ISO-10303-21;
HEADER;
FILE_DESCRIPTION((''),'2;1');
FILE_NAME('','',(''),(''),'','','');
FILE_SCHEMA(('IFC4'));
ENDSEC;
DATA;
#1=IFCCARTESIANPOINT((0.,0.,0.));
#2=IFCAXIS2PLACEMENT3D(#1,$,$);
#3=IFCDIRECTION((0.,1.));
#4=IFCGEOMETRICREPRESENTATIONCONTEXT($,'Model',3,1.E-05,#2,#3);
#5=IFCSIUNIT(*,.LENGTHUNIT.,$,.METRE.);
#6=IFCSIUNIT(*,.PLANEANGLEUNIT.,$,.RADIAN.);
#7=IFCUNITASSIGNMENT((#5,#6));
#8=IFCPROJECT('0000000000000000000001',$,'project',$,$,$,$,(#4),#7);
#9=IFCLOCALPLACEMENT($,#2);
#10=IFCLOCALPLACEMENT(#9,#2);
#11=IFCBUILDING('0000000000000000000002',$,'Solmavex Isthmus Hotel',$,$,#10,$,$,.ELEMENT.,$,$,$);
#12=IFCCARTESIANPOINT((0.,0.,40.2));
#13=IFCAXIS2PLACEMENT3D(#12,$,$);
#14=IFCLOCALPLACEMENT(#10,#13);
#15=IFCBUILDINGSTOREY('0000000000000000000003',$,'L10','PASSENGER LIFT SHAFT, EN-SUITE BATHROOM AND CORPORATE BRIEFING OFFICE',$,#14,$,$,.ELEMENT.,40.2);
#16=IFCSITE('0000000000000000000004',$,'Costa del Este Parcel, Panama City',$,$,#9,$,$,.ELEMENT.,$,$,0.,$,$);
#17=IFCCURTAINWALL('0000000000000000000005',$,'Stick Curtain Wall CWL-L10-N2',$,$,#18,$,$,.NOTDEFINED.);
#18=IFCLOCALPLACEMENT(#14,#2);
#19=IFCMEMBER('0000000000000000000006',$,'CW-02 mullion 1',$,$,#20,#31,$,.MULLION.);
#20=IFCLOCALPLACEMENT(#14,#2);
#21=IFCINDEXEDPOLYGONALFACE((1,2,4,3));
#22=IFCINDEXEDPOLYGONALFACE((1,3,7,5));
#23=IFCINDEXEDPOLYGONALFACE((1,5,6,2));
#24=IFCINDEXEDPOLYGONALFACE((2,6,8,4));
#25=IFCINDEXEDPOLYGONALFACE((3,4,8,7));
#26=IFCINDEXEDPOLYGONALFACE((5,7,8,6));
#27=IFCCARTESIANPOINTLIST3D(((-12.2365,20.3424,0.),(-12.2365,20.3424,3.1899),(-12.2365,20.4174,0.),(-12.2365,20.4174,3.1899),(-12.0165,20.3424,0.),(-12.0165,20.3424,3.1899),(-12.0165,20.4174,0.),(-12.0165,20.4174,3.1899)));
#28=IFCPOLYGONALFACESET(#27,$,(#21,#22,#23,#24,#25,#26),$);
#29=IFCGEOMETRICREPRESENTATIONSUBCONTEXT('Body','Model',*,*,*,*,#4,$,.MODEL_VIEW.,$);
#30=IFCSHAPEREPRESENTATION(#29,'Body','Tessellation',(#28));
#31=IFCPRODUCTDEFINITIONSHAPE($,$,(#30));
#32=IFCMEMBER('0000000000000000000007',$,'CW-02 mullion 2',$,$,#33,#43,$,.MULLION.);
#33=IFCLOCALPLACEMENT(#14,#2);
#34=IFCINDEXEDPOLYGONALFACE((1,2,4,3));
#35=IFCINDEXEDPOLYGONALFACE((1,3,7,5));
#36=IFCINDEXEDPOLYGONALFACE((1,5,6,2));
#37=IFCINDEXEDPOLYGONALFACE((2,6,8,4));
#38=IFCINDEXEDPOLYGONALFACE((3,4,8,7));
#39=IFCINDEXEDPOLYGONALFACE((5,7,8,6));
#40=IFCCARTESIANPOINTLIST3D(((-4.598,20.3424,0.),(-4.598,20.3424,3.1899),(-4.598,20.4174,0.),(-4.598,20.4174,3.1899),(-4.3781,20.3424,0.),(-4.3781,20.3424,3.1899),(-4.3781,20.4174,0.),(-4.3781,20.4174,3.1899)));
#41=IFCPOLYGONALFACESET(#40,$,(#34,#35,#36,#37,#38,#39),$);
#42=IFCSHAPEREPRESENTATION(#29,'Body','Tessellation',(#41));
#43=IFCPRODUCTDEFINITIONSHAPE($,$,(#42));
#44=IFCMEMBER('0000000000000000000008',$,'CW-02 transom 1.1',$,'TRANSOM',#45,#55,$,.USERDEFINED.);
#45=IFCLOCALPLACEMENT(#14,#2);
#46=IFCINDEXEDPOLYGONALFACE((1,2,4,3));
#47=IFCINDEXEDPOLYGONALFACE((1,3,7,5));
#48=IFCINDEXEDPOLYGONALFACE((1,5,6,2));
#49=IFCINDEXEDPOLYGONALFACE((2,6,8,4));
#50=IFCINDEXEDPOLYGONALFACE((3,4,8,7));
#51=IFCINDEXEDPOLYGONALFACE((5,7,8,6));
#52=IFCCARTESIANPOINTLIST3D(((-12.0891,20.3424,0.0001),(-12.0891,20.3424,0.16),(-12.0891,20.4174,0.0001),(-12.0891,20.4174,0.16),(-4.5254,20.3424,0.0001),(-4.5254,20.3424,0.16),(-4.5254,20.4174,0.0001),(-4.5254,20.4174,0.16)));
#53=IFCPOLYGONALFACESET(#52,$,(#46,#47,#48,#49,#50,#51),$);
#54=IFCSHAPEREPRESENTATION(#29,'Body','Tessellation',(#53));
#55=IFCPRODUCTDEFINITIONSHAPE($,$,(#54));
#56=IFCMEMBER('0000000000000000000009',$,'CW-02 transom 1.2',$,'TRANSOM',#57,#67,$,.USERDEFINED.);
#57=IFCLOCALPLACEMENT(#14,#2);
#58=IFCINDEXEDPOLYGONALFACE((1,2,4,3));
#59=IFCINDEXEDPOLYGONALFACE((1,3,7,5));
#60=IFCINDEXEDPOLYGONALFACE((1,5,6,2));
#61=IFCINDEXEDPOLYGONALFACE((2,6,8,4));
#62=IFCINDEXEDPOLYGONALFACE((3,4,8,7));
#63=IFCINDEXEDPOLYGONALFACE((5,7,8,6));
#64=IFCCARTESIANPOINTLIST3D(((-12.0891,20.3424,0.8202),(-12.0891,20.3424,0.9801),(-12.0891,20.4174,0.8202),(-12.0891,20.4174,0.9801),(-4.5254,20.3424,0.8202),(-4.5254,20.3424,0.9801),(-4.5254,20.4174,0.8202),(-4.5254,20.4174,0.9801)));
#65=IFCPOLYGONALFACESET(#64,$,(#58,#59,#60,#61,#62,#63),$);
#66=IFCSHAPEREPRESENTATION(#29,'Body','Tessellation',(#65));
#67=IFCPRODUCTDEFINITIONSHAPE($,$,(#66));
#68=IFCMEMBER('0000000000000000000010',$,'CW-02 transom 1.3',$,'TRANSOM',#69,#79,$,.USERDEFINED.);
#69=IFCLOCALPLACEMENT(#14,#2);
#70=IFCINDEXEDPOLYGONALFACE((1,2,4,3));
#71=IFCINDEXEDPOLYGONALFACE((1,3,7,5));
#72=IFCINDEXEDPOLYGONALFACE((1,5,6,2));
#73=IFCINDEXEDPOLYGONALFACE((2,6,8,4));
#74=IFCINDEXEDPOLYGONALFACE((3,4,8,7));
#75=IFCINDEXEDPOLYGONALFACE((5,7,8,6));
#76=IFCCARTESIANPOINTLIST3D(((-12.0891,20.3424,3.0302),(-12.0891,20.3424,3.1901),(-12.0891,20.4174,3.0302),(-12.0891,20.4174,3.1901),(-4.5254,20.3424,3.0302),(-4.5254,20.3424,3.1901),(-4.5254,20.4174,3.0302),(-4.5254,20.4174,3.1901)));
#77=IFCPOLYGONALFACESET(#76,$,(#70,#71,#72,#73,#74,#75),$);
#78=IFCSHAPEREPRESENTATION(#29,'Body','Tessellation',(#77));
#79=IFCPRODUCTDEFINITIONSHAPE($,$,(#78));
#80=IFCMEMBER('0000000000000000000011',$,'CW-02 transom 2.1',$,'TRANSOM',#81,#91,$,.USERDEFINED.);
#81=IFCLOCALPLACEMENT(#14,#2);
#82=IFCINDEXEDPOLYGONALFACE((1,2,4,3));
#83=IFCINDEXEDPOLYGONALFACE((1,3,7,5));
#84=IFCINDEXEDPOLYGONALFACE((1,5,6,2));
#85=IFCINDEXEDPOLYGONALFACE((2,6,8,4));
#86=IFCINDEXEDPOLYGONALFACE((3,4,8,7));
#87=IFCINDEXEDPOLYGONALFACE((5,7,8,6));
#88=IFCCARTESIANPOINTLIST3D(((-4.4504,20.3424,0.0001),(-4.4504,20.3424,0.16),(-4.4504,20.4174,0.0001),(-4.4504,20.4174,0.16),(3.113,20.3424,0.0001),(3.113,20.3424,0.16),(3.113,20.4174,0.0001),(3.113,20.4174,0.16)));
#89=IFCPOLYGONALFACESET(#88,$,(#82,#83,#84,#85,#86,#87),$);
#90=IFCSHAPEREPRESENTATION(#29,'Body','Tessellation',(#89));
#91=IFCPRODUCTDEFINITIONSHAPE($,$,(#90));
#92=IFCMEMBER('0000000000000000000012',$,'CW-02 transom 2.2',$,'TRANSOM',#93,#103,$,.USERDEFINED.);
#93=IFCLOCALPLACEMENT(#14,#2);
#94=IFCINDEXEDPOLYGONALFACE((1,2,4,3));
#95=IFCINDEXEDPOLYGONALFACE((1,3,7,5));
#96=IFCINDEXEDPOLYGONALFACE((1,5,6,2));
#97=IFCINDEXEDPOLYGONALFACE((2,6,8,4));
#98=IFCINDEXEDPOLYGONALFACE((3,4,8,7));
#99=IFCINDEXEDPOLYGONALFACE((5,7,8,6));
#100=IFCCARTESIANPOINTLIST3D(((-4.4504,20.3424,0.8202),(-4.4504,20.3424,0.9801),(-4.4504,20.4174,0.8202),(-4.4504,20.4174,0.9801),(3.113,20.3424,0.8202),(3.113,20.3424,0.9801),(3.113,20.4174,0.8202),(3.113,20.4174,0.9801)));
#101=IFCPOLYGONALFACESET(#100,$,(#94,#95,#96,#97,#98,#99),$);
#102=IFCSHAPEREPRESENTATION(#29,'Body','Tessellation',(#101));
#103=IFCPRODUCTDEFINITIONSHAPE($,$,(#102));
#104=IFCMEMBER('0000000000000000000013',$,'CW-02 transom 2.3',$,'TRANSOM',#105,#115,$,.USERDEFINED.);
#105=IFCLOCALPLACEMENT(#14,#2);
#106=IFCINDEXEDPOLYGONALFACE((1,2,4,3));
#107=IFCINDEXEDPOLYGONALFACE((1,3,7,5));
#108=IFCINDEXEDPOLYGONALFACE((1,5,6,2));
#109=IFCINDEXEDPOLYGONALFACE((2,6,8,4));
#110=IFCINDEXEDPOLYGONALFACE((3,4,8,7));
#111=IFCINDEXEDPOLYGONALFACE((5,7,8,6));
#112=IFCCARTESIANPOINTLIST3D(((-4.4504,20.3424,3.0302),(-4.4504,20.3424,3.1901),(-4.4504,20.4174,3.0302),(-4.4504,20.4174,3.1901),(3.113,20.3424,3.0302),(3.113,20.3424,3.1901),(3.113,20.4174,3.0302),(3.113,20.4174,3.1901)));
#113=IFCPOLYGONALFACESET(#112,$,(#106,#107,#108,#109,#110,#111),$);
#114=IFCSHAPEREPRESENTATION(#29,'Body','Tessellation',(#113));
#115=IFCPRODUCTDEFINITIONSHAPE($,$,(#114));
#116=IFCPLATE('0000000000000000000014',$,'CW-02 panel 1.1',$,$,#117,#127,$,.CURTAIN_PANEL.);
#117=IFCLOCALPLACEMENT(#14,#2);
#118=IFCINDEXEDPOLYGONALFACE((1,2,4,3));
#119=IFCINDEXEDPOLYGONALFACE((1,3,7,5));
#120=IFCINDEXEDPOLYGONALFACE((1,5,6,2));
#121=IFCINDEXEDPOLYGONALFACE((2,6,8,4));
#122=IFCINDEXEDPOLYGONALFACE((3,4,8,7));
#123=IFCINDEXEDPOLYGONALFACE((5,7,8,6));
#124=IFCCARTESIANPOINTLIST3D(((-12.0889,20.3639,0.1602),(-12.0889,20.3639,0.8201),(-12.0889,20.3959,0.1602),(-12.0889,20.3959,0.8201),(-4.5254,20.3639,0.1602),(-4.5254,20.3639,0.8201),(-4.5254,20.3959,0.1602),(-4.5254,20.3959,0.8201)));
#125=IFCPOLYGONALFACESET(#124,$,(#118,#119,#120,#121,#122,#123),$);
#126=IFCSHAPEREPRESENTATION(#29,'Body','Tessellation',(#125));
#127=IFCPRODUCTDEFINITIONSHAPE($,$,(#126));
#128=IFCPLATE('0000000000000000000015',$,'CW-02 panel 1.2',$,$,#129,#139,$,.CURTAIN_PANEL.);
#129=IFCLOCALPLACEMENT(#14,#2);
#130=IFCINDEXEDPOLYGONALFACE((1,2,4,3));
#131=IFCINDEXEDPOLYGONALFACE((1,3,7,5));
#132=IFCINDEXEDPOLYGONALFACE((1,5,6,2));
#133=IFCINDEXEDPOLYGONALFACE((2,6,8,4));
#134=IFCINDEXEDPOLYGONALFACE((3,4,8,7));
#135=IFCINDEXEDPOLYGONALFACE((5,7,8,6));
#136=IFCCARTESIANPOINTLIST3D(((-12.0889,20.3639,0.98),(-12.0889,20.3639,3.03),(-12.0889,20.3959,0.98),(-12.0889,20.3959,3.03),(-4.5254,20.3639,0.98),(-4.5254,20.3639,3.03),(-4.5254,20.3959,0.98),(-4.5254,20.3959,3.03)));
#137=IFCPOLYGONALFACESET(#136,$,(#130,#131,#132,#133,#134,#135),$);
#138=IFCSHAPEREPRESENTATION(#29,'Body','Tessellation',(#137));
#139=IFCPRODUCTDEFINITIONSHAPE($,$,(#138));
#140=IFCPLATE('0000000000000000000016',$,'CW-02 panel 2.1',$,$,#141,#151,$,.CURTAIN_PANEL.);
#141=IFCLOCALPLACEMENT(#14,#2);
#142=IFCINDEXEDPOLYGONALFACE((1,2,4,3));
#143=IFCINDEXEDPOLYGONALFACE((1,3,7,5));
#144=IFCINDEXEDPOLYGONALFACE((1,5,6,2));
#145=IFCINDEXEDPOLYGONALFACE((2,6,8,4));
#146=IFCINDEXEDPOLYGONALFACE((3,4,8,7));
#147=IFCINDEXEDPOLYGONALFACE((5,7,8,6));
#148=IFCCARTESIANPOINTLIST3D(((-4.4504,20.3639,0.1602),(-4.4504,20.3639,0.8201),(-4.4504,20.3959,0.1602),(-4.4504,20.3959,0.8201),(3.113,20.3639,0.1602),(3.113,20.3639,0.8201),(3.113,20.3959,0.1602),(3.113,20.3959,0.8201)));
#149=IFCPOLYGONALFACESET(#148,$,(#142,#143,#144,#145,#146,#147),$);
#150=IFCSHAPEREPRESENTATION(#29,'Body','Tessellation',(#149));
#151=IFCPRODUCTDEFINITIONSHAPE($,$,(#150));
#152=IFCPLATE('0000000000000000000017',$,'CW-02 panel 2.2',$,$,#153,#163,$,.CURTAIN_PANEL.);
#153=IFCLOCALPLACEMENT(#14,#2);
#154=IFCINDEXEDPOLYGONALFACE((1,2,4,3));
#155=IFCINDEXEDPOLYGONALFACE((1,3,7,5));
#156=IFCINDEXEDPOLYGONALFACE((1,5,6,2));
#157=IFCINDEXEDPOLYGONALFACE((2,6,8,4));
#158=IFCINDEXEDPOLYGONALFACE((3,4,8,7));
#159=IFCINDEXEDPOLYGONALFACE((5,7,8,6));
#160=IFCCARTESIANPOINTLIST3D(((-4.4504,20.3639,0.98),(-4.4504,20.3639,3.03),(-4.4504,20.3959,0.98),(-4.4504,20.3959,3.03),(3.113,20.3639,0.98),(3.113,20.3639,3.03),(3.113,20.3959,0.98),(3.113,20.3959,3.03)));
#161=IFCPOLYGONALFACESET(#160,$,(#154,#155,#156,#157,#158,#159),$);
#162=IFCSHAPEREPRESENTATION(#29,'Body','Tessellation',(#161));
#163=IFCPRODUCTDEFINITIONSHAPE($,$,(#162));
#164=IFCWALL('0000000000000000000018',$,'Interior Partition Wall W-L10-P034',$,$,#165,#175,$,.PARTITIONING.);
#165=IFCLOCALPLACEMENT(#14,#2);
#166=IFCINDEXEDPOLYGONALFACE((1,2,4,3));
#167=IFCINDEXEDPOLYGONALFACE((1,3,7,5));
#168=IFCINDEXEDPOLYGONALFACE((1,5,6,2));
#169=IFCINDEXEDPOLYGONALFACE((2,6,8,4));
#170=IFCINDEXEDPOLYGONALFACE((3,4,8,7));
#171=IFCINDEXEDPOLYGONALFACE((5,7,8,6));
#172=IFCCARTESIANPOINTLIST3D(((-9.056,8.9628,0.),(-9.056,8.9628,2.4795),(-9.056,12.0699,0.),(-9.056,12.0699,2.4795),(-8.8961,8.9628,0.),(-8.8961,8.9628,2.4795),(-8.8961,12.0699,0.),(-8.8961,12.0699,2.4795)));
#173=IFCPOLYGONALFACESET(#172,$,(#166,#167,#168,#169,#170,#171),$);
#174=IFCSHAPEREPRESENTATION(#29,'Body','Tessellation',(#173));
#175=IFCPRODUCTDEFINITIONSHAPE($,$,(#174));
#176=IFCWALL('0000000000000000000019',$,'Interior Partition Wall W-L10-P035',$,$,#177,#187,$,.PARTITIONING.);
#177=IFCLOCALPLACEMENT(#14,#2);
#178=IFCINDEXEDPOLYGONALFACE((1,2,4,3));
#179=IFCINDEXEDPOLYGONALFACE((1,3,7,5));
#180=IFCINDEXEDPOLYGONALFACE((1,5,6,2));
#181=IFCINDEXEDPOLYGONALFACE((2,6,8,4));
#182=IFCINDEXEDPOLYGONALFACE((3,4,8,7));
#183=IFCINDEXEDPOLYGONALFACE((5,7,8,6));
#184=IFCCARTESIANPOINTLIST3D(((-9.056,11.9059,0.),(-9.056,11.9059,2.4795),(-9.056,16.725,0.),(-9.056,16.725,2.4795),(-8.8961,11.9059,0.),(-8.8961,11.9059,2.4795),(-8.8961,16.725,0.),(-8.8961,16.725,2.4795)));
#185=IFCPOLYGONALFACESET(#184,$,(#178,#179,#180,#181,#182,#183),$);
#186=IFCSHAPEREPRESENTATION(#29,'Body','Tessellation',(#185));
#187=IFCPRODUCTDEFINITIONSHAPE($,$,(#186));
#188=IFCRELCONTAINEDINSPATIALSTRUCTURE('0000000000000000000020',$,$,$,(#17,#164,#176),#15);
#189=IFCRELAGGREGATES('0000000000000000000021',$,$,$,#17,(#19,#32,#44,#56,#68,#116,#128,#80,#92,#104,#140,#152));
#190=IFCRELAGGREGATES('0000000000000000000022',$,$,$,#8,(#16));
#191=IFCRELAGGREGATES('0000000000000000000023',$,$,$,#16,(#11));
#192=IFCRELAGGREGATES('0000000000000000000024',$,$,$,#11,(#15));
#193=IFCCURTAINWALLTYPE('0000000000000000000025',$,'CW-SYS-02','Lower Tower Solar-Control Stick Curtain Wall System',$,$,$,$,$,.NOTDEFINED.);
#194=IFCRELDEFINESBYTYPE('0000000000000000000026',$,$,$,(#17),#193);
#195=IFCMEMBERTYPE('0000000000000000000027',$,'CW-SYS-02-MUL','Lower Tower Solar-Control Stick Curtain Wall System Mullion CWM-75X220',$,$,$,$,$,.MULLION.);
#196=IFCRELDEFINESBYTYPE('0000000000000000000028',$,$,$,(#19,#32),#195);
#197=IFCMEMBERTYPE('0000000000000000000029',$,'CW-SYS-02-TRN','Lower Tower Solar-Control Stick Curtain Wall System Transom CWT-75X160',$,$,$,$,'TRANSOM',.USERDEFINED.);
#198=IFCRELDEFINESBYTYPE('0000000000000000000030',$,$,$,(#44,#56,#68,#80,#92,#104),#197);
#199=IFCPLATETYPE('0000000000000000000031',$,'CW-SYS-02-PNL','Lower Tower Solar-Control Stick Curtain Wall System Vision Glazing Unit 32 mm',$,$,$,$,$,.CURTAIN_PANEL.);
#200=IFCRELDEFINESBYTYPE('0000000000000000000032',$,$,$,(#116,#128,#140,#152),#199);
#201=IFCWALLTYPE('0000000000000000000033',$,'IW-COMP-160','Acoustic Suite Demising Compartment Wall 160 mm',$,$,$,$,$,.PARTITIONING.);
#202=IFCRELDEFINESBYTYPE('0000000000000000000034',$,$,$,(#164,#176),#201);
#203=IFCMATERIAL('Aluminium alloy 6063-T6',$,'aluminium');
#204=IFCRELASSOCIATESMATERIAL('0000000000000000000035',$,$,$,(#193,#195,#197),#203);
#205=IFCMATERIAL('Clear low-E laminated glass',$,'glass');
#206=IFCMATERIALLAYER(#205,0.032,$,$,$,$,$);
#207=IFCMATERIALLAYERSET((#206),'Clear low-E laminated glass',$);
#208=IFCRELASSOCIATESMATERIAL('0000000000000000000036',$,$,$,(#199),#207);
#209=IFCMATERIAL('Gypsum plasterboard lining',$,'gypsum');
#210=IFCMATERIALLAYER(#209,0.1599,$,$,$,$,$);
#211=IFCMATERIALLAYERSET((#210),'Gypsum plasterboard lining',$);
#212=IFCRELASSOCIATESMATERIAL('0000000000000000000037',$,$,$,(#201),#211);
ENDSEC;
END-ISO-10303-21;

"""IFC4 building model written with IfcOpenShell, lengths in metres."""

from ifc_helpers import new_model, si_unit, direction, frame, frame_2d, origin, origin_2d, place, context, subcontext, project, spatial, rectangle, extrude, material, layer, layer_set, material_profile, profile_set, type_object, element, aggregate, save


model = new_model("IFC4")

# Units and contexts
model_context = context("Model", 3, precision=1e-05, world=origin(), true_north=direction((0.0, 1.0)))
body_context = subcontext(model_context, "Body", "Model", "MODEL_VIEW")
ifc_project = project(units=[si_unit("LENGTHUNIT", "METRE"), si_unit("PLANEANGLEUNIT", "RADIAN")], contexts=[model_context])

# Site, building, storey
site_placement = place(None, origin())
site = spatial("IfcSite", under=ifc_project, at=site_placement, Name="Costa del Este Parcel, Panama City", CompositionType="ELEMENT", RefElevation=0.0)
building_placement = place(site_placement, origin())
building = spatial("IfcBuilding", under=site, at=building_placement, Name="Solmavex Isthmus Hotel", CompositionType="ELEMENT")
storey_placement = place(building_placement, frame((0.0, 0.0, 40.2)))
storey = spatial("IfcBuildingStorey", under=building, at=storey_placement, Name="L10", Description="PASSENGER LIFT SHAFT, EN-SUITE BATHROOM AND CORPORATE BRIEFING OFFICE", CompositionType="ELEMENT", Elevation=40.2)

# Curtain wall, members, plates
ifc_material_1 = material(Name="Aluminium alloy 6063-T6", Category="aluminium")
curtain_wall_type = type_object("IfcCurtainWallType", Name="CW-SYS-02", Description="Lower Tower Solar-Control Stick Curtain Wall System", PredefinedType="NOTDEFINED", material=ifc_material_1)
curtain_wall_placement = place(storey_placement, origin())
curtain_wall = element("IfcCurtainWall", 1, at=curtain_wall_placement, inside=storey, type_object=curtain_wall_type, Name="Stick Curtain Wall CWL-L10-N2", PredefinedType="NOTDEFINED")
ifc_material_profile_1 = material_profile(ifc_material_1, rectangle(XDim=0.075, YDim=0.22, at=origin_2d()), Name="CWM-75X220")
ifc_profile_set_1 = profile_set([ifc_material_profile_1], Name="Aluminium alloy 6063-T6")
member_type_1 = type_object("IfcMemberType", Name="CW-SYS-02-MUL", Description="Lower Tower Solar-Control Stick Curtain Wall System Mullion CWM-75X220", PredefinedType="MULLION", material=ifc_profile_set_1)
member_1_placement = place(storey_placement, frame((-12.1265, 20.3799, 0.0), z_axis=(0.0, 0.0, 1.0), x_axis=(0.0, 1.0, 0.0)))
member_1 = element("IfcMember", 2, at=member_1_placement, type_object=member_type_1, Name="CW-02 mullion 1", PredefinedType="MULLION", context=body_context, shape_type="SweptSolid", body=[
    extrude(rectangle(XDim=0.075, YDim=0.22, at=origin_2d()), origin(), (0.0, 0.0, 1.0), 3.1899),
])
member_2_placement = place(storey_placement, frame((-4.488, 20.3799, 0.0), z_axis=(0.0, 0.0, 1.0), x_axis=(0.0, 1.0, 0.0)))
member_2 = element("IfcMember", 3, at=member_2_placement, type_object=member_type_1, Name="CW-02 mullion 2", PredefinedType="MULLION", context=body_context, shape_type="SweptSolid", body=[
    extrude(rectangle(XDim=0.075, YDim=0.22, at=origin_2d()), origin(), (0.0, 0.0, 1.0), 3.1899),
])
ifc_material_profile_2 = material_profile(ifc_material_1, rectangle(XDim=0.075, YDim=0.1599, at=origin_2d()), Name="CWT-75X160")
ifc_profile_set_2 = profile_set([ifc_material_profile_2], Name="Aluminium alloy 6063-T6")
member_type_2 = type_object("IfcMemberType", Name="CW-SYS-02-TRN", Description="Lower Tower Solar-Control Stick Curtain Wall System Transom CWT-75X160", ElementType="TRANSOM", PredefinedType="USERDEFINED", material=ifc_profile_set_2)
member_3_placement = place(storey_placement, frame((-12.0891, 20.3799, 0.0801), z_axis=(1.0, 0.0, 0.0), x_axis=(0.0, 1.0, 0.0)))
member_3 = element("IfcMember", 4, at=member_3_placement, type_object=member_type_2, Name="CW-02 transom 1.1", ObjectType="TRANSOM", PredefinedType="USERDEFINED", context=body_context, shape_type="SweptSolid", body=[
    extrude(rectangle(XDim=0.075, YDim=0.1599, at=origin_2d()), origin(), (0.0, 0.0, 1.0), 7.5637),
])
member_4_placement = place(storey_placement, frame((-12.0891, 20.3799, 0.9001), z_axis=(1.0, 0.0, 0.0), x_axis=(0.0, 1.0, 0.0)))
member_4 = element("IfcMember", 5, at=member_4_placement, type_object=member_type_2, Name="CW-02 transom 1.2", ObjectType="TRANSOM", PredefinedType="USERDEFINED", context=body_context, shape_type="SweptSolid", body=[
    extrude(rectangle(XDim=0.075, YDim=0.1599, at=origin_2d()), origin(), (0.0, 0.0, 1.0), 7.5637),
])
member_5_placement = place(storey_placement, frame((-12.0891, 20.3799, 3.1101), z_axis=(1.0, 0.0, 0.0), x_axis=(0.0, 1.0, 0.0)))
member_5 = element("IfcMember", 6, at=member_5_placement, type_object=member_type_2, Name="CW-02 transom 1.3", ObjectType="TRANSOM", PredefinedType="USERDEFINED", context=body_context, shape_type="SweptSolid", body=[
    extrude(rectangle(XDim=0.075, YDim=0.1599, at=origin_2d()), origin(), (0.0, 0.0, 1.0), 7.5637),
])
member_6_placement = place(storey_placement, frame((-4.4504, 20.3799, 0.0801), z_axis=(1.0, 0.0, 0.0), x_axis=(0.0, 1.0, 0.0)))
member_6 = element("IfcMember", 7, at=member_6_placement, type_object=member_type_2, Name="CW-02 transom 2.1", ObjectType="TRANSOM", PredefinedType="USERDEFINED", context=body_context, shape_type="SweptSolid", body=[
    extrude(rectangle(XDim=0.075, YDim=0.1599, at=origin_2d()), origin(), (0.0, 0.0, 1.0), 7.5635),
])
member_7_placement = place(storey_placement, frame((-4.4504, 20.3799, 0.9001), z_axis=(1.0, 0.0, 0.0), x_axis=(0.0, 1.0, 0.0)))
member_7 = element("IfcMember", 8, at=member_7_placement, type_object=member_type_2, Name="CW-02 transom 2.2", ObjectType="TRANSOM", PredefinedType="USERDEFINED", context=body_context, shape_type="SweptSolid", body=[
    extrude(rectangle(XDim=0.075, YDim=0.1599, at=origin_2d()), origin(), (0.0, 0.0, 1.0), 7.5635),
])
member_8_placement = place(storey_placement, frame((-4.4504, 20.3799, 3.1101), z_axis=(1.0, 0.0, 0.0), x_axis=(0.0, 1.0, 0.0)))
member_8 = element("IfcMember", 9, at=member_8_placement, type_object=member_type_2, Name="CW-02 transom 2.3", ObjectType="TRANSOM", PredefinedType="USERDEFINED", context=body_context, shape_type="SweptSolid", body=[
    extrude(rectangle(XDim=0.075, YDim=0.1599, at=origin_2d()), origin(), (0.0, 0.0, 1.0), 7.5635),
])
ifc_material_2 = material(Name="Clear low-E laminated glass", Category="glass")
ifc_layer_1 = layer(ifc_material_2, 0.032)
ifc_layer_set_1 = layer_set([ifc_layer_1], Name="Clear low-E laminated glass")
plate_type = type_object("IfcPlateType", Name="CW-SYS-02-PNL", Description="Lower Tower Solar-Control Stick Curtain Wall System Vision Glazing Unit 32 mm", PredefinedType="CURTAIN_PANEL", material=ifc_layer_set_1)
plate_1_placement = place(storey_placement, frame((-8.3071, 20.3799, 0.1602), z_axis=(0.0, 0.0, 1.0), x_axis=(1.0, 0.0, 0.0)))
plate_1 = element("IfcPlate", 10, at=plate_1_placement, type_object=plate_type, Name="CW-02 panel 1.1", PredefinedType="CURTAIN_PANEL", context=body_context, shape_type="SweptSolid", body=[
    extrude(rectangle(XDim=7.5635, YDim=0.032, at=origin_2d()), origin(), (0.0, 0.0, 1.0), 0.6599),
])
plate_2_placement = place(storey_placement, frame((-8.3071, 20.3799, 0.98), z_axis=(0.0, 0.0, 1.0), x_axis=(1.0, 0.0, 0.0)))
plate_2 = element("IfcPlate", 11, at=plate_2_placement, type_object=plate_type, Name="CW-02 panel 1.2", PredefinedType="CURTAIN_PANEL", context=body_context, shape_type="SweptSolid", body=[
    extrude(rectangle(XDim=7.5635, YDim=0.032, at=origin_2d()), origin(), (0.0, 0.0, 1.0), 2.05),
])
plate_3_placement = place(storey_placement, frame((-0.6687, 20.3799, 0.1602), z_axis=(0.0, 0.0, 1.0), x_axis=(1.0, 0.0, 0.0)))
plate_3 = element("IfcPlate", 12, at=plate_3_placement, type_object=plate_type, Name="CW-02 panel 2.1", PredefinedType="CURTAIN_PANEL", context=body_context, shape_type="SweptSolid", body=[
    extrude(rectangle(XDim=7.5635, YDim=0.032, at=origin_2d()), origin(), (0.0, 0.0, 1.0), 0.6599),
])
plate_4_placement = place(storey_placement, frame((-0.6687, 20.3799, 0.98), z_axis=(0.0, 0.0, 1.0), x_axis=(1.0, 0.0, 0.0)))
plate_4 = element("IfcPlate", 13, at=plate_4_placement, type_object=plate_type, Name="CW-02 panel 2.2", PredefinedType="CURTAIN_PANEL", context=body_context, shape_type="SweptSolid", body=[
    extrude(rectangle(XDim=7.5635, YDim=0.032, at=origin_2d()), origin(), (0.0, 0.0, 1.0), 2.05),
])
aggregate(curtain_wall, [member_1, member_2, member_3, member_4, member_5, plate_1, plate_2, member_6, member_7, member_8, plate_3, plate_4])

# Walls
ifc_material_3 = material(Name="Gypsum plasterboard lining", Category="gypsum")
ifc_layer_2 = layer(ifc_material_3, 0.1599)
ifc_layer_set_2 = layer_set([ifc_layer_2], Name="Gypsum plasterboard lining")
wall_type_1 = type_object("IfcWallType", Name="IW-COMP-160", Description="Acoustic Suite Demising Compartment Wall 160 mm", PredefinedType="PARTITIONING", material=ifc_layer_set_2)
wall_1_placement = place(storey_placement, frame((-8.9761, 12.0701, 0.0), z_axis=(0.0, 0.0, 1.0), x_axis=(0.0, -1.0, 0.0)))
element("IfcWall", 14, at=wall_1_placement, inside=storey, type_object=wall_type_1, Name="Interior Partition Wall W-L10-P034", PredefinedType="PARTITIONING", context=body_context, shape_type="SweptSolid", body=[
    extrude(rectangle(XDim=3.1072, YDim=0.1599, at=frame_2d((1.5537, 0.0))), origin(), (0.0, 0.0, 1.0), 2.4795),
])
wall_2_placement = place(storey_placement, frame((-8.9761, 16.7251, 0.0), z_axis=(0.0, 0.0, 1.0), x_axis=(0.0, -1.0, 0.0)))
element("IfcWall", 15, at=wall_2_placement, inside=storey, type_object=wall_type_1, Name="Interior Partition Wall W-L10-P035", PredefinedType="PARTITIONING", context=body_context, shape_type="SweptSolid", body=[
    extrude(rectangle(XDim=4.8191, YDim=0.1599, at=frame_2d((2.4097, 0.0))), origin(), (0.0, 0.0, 1.0), 2.4795),
])

save(model, "model.ifc")
